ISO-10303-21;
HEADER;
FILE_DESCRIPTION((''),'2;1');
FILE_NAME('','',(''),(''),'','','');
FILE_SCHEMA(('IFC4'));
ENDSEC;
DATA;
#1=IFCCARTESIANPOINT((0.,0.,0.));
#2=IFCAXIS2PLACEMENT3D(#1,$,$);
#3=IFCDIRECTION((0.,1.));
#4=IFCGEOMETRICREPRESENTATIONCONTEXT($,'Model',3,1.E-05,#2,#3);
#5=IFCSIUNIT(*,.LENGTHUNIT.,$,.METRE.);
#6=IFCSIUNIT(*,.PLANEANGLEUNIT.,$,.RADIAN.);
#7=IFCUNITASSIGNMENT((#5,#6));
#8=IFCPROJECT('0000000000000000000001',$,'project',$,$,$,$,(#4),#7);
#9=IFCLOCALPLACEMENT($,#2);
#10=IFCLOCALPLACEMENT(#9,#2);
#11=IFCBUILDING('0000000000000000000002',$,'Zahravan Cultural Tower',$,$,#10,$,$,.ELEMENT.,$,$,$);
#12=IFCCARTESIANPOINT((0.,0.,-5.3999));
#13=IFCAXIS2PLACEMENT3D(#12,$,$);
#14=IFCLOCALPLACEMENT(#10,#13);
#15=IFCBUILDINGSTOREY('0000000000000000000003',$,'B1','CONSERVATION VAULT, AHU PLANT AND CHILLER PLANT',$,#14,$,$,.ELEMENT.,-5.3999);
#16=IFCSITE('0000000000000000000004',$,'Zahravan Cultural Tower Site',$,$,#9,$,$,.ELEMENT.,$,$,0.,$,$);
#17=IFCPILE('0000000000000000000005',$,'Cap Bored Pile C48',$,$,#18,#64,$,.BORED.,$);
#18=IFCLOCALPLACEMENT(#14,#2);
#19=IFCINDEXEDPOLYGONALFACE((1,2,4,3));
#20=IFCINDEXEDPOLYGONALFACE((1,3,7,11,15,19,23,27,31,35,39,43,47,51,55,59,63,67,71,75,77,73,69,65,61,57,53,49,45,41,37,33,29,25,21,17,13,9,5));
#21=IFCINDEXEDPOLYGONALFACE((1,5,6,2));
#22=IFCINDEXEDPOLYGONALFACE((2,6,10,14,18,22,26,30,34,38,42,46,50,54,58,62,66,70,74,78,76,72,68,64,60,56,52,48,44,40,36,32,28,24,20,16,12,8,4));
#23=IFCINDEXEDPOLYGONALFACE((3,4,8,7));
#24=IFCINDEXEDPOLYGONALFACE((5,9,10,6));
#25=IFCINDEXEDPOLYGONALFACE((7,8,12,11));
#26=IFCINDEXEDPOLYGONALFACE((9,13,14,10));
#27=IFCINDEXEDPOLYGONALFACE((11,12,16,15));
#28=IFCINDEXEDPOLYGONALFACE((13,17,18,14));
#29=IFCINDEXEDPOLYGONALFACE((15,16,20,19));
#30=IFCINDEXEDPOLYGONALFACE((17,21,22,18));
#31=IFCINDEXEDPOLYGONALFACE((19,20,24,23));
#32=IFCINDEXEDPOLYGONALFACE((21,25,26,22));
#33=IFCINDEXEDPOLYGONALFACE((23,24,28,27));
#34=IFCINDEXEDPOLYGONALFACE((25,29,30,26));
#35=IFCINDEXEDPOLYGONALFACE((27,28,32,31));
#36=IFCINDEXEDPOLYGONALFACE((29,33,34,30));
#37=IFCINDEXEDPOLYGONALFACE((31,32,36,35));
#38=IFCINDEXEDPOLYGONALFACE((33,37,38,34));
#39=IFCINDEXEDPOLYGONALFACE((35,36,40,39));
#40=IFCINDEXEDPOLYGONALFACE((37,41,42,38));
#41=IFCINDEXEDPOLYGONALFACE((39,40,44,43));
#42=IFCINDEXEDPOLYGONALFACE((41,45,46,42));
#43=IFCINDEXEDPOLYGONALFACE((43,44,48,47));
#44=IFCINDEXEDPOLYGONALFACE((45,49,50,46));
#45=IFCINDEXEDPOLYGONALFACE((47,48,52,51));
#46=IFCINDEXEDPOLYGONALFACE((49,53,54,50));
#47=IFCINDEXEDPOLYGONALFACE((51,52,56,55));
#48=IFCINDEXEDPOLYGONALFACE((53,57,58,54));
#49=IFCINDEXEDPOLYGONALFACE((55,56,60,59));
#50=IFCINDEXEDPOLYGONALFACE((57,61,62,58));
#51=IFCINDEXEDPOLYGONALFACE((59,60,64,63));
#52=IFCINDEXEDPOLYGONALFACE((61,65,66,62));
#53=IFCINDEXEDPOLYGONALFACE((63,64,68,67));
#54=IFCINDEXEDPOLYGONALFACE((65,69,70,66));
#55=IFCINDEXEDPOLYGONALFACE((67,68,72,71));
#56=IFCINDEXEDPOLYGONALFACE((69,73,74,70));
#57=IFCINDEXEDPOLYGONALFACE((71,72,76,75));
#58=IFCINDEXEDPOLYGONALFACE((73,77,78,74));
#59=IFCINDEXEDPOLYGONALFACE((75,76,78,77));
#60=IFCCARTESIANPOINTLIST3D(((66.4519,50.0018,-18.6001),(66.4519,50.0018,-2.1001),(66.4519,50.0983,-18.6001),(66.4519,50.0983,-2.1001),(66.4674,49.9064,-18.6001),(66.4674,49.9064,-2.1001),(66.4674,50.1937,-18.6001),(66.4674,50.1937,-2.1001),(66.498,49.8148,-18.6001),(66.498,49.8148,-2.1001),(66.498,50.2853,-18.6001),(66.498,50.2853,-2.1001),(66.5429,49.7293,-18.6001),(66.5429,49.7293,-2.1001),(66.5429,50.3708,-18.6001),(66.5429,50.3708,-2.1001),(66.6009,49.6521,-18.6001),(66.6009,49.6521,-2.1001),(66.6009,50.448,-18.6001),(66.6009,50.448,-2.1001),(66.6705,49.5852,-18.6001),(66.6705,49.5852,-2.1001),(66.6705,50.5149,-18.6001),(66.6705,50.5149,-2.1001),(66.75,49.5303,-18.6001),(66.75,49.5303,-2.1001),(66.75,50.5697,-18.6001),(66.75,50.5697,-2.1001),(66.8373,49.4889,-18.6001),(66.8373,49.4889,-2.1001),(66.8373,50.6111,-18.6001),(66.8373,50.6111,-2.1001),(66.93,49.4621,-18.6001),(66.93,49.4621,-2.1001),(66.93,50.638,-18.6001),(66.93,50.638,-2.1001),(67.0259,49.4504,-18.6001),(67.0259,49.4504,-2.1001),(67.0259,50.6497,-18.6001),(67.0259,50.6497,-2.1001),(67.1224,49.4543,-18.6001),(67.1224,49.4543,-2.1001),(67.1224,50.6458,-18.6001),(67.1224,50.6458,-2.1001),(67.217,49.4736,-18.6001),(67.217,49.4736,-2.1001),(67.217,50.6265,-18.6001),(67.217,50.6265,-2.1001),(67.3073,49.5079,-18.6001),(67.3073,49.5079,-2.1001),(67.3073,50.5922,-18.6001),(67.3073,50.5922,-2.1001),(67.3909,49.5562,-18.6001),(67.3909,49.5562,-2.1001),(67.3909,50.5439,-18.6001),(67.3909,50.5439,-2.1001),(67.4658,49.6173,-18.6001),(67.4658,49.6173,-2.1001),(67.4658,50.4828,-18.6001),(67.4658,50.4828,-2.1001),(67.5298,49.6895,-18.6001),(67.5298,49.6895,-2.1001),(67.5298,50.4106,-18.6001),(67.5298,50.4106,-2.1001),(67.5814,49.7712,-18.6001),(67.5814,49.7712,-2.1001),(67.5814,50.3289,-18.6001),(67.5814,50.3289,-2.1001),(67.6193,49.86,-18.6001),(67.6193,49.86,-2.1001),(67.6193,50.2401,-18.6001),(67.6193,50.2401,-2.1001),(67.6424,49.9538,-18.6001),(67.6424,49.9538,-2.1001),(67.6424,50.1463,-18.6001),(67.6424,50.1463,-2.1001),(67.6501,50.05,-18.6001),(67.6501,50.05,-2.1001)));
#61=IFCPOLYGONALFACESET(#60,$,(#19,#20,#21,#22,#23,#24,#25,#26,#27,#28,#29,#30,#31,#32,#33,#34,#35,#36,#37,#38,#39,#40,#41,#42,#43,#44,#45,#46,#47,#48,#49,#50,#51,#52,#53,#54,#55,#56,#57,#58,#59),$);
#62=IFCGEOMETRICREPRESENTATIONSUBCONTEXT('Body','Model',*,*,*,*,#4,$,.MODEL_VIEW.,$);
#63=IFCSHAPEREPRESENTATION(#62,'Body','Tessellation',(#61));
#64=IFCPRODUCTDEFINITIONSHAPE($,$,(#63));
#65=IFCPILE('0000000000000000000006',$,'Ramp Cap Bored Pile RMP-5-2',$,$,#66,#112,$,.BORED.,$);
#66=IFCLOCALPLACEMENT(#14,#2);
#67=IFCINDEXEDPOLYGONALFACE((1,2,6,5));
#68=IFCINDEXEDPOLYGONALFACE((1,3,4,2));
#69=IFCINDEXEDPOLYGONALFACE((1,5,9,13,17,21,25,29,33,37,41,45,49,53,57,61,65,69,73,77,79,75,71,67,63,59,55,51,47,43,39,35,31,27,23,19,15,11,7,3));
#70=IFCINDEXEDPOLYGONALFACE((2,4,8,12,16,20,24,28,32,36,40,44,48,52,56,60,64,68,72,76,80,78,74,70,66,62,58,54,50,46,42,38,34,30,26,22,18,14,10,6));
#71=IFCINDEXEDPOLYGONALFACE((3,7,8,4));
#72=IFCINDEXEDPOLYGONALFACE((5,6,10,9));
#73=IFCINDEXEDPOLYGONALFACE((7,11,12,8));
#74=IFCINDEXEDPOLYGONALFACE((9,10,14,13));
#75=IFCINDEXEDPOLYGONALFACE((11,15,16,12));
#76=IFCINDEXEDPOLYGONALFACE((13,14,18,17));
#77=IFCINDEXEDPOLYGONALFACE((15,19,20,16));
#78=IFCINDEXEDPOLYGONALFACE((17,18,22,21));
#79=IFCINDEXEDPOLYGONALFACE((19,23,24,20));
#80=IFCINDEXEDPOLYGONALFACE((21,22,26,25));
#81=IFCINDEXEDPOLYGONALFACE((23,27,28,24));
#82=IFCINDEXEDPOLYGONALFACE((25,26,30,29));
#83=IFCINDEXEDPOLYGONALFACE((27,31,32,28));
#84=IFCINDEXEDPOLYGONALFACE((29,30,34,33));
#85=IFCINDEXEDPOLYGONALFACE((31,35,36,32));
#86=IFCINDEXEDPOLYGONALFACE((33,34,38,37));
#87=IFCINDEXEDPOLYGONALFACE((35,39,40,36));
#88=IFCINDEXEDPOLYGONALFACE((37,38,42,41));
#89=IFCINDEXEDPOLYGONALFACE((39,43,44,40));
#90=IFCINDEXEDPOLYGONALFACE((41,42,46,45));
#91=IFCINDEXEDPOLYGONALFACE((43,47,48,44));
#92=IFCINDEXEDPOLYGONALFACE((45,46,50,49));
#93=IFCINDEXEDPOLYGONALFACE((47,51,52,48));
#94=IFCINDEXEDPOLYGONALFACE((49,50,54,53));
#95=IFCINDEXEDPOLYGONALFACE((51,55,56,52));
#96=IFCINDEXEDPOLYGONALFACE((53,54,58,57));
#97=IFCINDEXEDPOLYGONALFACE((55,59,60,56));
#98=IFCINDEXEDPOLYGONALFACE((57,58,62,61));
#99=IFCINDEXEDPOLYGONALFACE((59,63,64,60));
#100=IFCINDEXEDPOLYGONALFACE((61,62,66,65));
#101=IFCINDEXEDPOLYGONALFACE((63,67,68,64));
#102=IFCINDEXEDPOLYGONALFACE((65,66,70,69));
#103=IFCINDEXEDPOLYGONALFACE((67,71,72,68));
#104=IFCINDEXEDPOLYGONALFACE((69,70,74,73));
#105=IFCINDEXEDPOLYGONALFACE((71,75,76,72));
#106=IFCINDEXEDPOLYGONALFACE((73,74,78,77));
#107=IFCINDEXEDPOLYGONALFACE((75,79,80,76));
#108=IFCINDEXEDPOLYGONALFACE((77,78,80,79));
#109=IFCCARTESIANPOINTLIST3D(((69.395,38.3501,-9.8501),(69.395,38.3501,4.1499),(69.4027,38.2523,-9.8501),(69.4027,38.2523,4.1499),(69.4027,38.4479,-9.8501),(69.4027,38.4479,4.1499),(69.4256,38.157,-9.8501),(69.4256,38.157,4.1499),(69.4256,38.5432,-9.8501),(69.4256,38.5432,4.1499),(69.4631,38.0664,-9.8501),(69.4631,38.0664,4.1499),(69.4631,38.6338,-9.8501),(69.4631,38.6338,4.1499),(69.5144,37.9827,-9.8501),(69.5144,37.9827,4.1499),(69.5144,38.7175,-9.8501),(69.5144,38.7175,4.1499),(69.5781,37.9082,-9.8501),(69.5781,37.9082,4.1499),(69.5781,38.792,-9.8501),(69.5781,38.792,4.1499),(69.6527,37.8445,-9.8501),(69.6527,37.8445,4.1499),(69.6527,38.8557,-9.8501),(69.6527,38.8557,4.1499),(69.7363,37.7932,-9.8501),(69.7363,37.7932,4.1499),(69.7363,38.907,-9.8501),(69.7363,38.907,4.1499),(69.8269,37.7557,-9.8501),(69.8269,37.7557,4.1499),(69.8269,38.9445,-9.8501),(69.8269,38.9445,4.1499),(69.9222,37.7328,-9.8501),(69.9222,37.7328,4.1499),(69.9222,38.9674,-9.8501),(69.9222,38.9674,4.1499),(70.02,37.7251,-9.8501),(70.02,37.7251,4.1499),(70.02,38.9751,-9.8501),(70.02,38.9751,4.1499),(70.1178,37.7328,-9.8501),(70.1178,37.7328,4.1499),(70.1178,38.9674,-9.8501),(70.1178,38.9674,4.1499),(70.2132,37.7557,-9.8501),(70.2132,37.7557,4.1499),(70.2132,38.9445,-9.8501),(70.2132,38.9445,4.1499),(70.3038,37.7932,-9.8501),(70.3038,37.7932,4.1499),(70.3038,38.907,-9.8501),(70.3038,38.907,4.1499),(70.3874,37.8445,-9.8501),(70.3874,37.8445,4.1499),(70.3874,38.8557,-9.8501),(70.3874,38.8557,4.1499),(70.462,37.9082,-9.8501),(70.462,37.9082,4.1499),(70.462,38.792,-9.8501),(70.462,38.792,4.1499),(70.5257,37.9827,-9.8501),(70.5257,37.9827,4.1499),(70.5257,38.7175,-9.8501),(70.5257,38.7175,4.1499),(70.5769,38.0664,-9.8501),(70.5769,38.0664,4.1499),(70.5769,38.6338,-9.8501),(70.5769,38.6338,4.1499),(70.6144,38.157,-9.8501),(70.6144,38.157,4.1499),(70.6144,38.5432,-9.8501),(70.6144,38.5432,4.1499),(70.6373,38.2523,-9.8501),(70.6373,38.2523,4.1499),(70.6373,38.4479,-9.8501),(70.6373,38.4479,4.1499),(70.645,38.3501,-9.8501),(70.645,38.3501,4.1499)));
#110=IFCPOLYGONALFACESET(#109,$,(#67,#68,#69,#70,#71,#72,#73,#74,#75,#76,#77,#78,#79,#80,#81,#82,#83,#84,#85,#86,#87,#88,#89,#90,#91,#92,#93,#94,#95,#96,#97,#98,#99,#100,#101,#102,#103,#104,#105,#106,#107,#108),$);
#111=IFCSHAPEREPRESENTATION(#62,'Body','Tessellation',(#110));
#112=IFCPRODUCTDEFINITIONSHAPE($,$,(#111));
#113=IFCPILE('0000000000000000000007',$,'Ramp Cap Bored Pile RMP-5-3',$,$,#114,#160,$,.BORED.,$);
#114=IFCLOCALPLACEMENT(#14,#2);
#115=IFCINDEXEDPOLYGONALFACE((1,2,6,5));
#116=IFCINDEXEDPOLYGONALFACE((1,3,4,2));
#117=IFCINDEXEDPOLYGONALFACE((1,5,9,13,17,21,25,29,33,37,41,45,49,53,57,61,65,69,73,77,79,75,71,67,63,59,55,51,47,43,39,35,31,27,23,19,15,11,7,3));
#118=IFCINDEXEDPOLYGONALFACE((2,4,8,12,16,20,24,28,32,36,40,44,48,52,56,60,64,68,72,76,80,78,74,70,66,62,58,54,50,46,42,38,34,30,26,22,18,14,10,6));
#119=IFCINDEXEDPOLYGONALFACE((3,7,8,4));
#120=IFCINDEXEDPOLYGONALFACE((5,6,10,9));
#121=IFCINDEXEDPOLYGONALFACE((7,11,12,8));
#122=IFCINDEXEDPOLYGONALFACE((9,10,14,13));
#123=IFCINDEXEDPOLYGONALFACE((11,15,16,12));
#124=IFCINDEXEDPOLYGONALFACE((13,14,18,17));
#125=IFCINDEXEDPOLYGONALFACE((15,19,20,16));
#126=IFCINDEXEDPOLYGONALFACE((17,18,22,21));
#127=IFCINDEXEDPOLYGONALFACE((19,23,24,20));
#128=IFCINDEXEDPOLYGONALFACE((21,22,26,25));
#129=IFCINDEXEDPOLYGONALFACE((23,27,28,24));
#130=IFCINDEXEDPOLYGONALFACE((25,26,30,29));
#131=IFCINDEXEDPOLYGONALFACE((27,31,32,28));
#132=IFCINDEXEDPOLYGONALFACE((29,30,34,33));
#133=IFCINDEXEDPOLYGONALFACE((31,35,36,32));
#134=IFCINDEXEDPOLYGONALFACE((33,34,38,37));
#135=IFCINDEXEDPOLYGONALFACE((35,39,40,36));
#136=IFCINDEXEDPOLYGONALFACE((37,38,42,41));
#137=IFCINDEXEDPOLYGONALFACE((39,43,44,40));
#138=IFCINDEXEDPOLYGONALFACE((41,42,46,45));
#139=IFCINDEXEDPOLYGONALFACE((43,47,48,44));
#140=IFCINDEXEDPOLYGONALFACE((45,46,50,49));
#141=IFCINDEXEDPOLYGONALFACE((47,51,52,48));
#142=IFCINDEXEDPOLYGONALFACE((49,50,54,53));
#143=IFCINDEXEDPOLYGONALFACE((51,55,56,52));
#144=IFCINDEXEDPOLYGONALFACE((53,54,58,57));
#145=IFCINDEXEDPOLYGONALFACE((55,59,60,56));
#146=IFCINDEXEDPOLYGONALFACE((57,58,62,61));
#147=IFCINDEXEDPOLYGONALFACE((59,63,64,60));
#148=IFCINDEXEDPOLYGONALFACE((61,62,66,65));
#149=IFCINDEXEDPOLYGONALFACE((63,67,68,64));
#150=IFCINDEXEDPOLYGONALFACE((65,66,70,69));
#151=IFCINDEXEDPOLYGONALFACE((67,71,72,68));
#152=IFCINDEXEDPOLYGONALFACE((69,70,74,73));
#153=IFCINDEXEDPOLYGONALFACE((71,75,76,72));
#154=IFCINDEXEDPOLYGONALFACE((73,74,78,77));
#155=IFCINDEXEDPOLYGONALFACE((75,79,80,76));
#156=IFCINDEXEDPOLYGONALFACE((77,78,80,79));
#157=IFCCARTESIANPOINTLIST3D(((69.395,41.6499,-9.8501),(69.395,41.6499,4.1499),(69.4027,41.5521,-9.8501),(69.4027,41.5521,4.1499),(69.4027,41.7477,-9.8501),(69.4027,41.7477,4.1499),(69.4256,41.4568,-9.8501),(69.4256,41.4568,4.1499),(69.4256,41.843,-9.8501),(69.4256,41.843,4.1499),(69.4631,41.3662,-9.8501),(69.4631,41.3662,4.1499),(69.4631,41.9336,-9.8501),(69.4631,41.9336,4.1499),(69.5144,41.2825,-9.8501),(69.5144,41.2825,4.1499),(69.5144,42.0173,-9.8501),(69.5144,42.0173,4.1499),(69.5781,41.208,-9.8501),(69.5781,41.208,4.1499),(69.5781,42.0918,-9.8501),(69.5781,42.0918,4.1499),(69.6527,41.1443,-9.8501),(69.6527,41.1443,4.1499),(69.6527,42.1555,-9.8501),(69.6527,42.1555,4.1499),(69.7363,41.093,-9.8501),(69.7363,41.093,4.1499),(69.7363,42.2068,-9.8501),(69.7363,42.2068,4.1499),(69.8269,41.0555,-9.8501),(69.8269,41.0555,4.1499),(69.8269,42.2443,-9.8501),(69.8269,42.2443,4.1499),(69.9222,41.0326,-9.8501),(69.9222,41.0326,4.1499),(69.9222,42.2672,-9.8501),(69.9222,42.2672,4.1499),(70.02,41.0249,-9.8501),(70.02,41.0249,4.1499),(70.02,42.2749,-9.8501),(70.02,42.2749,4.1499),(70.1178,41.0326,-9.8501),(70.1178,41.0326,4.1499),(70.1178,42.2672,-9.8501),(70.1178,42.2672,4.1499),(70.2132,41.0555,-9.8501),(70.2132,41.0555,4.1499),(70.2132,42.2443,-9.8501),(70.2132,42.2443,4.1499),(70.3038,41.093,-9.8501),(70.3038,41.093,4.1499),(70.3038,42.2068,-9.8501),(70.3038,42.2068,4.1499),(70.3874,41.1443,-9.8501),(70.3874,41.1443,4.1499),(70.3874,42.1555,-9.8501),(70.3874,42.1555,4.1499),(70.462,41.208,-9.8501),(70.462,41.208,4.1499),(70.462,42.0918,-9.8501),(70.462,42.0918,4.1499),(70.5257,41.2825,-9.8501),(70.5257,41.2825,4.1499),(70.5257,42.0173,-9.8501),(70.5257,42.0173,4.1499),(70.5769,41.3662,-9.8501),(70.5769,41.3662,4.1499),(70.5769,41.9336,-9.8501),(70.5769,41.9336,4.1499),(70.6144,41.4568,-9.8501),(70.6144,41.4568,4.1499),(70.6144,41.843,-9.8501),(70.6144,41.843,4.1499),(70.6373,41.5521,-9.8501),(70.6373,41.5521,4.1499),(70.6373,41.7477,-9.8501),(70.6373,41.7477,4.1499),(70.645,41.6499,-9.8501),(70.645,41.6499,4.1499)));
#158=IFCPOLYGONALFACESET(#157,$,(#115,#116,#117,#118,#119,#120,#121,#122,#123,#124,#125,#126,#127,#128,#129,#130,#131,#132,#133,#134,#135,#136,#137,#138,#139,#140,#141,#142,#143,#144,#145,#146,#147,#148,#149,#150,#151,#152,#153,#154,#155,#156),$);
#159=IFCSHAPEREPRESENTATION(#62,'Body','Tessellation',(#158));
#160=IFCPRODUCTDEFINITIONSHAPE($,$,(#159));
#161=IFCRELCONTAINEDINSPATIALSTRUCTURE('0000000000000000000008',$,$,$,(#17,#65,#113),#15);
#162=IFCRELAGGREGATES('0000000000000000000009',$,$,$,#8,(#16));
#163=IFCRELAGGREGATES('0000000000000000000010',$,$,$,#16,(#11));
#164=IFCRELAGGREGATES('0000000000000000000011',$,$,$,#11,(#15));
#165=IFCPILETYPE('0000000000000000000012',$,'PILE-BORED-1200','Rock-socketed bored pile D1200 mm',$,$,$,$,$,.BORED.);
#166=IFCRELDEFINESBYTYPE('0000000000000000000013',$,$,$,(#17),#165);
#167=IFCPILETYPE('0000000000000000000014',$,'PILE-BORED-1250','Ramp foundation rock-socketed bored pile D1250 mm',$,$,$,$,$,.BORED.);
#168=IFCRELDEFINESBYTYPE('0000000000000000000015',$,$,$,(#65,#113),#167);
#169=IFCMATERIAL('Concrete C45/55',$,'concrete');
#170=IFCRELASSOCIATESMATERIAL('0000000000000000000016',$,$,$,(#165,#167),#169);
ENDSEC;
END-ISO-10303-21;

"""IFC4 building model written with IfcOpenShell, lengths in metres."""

from ifc_helpers import new_model, si_unit, direction, frame, origin, origin_2d, place, context, subcontext, project, spatial, circle, extrude, material, material_profile, profile_set, type_object, element, save


model = new_model("IFC4")

# Units and contexts
model_context = context("Model", 3, precision=1e-05, world=origin(), true_north=direction((0.0, 1.0)))
body_context = subcontext(model_context, "Body", "Model", "MODEL_VIEW")
ifc_project = project(units=[si_unit("LENGTHUNIT", "METRE"), si_unit("PLANEANGLEUNIT", "RADIAN")], contexts=[model_context])

# Site, building, storey
site_placement = place(None, origin())
site = spatial("IfcSite", under=ifc_project, at=site_placement, Name="Zahravan Cultural Tower Site", CompositionType="ELEMENT", RefElevation=0.0)
building_placement = place(site_placement, origin())
building = spatial("IfcBuilding", under=site, at=building_placement, Name="Zahravan Cultural Tower", CompositionType="ELEMENT")
storey_placement = place(building_placement, frame((0.0, 0.0, -5.3999)))
storey = spatial("IfcBuildingStorey", under=building, at=storey_placement, Name="B1", Description="CONSERVATION VAULT, AHU PLANT AND CHILLER PLANT", CompositionType="ELEMENT", Elevation=-5.3999)

# Piles
ifc_material_1 = material(Name="Concrete C45/55", Category="concrete")
ifc_material_profile_1 = material_profile(ifc_material_1, circle(Radius=0.6001, at=origin_2d()), Name="PILE-D1200")
ifc_profile_set_1 = profile_set([ifc_material_profile_1], Name="Concrete C45/55")
pile_type_1 = type_object("IfcPileType", Name="PILE-BORED-1200", Description="Rock-socketed bored pile D1200 mm", PredefinedType="BORED", material=ifc_profile_set_1)
for number, where, z_axis, x_axis, name in (
    (1, (67.05, 50.05, -2.1001), (0.0, 0.0, -1.0), (1.0, 0.0, 0.0), "Cap Bored Pile C48"),
):
    element("IfcPile", number, at=place(storey_placement, frame(where, z_axis=z_axis, x_axis=x_axis)), inside=storey, type_object=pile_type_1, Name=name, PredefinedType="BORED", context=body_context, shape_type="SweptSolid", body=[
        extrude(circle(Radius=0.6001, at=origin_2d()), origin(), (0.0, 0.0, 1.0), 16.5),
    ])
ifc_material_profile_2 = material_profile(ifc_material_1, circle(Radius=0.625, at=origin_2d()), Name="PILE-D1250")
ifc_profile_set_2 = profile_set([ifc_material_profile_2], Name="Concrete C45/55")
pile_type_2 = type_object("IfcPileType", Name="PILE-BORED-1250", Description="Ramp foundation rock-socketed bored pile D1250 mm", PredefinedType="BORED", material=ifc_profile_set_2)
for number, where, z_axis, x_axis, name in (
    (2, (70.02, 38.3501, 4.1499), (0.0, 0.0, -1.0), (1.0, 0.0, 0.0), "Ramp Cap Bored Pile RMP-5-2"),
    (3, (70.02, 41.6499, 4.1499), (0.0, 0.0, -1.0), (1.0, 0.0, 0.0), "Ramp Cap Bored Pile RMP-5-3"),
):
    element("IfcPile", number, at=place(storey_placement, frame(where, z_axis=z_axis, x_axis=x_axis)), inside=storey, type_object=pile_type_2, Name=name, PredefinedType="BORED", context=body_context, shape_type="SweptSolid", body=[
        extrude(circle(Radius=0.625, at=origin_2d()), origin(), (0.0, 0.0, 1.0), 14.0),
    ])

save(model, "model.ifc")
